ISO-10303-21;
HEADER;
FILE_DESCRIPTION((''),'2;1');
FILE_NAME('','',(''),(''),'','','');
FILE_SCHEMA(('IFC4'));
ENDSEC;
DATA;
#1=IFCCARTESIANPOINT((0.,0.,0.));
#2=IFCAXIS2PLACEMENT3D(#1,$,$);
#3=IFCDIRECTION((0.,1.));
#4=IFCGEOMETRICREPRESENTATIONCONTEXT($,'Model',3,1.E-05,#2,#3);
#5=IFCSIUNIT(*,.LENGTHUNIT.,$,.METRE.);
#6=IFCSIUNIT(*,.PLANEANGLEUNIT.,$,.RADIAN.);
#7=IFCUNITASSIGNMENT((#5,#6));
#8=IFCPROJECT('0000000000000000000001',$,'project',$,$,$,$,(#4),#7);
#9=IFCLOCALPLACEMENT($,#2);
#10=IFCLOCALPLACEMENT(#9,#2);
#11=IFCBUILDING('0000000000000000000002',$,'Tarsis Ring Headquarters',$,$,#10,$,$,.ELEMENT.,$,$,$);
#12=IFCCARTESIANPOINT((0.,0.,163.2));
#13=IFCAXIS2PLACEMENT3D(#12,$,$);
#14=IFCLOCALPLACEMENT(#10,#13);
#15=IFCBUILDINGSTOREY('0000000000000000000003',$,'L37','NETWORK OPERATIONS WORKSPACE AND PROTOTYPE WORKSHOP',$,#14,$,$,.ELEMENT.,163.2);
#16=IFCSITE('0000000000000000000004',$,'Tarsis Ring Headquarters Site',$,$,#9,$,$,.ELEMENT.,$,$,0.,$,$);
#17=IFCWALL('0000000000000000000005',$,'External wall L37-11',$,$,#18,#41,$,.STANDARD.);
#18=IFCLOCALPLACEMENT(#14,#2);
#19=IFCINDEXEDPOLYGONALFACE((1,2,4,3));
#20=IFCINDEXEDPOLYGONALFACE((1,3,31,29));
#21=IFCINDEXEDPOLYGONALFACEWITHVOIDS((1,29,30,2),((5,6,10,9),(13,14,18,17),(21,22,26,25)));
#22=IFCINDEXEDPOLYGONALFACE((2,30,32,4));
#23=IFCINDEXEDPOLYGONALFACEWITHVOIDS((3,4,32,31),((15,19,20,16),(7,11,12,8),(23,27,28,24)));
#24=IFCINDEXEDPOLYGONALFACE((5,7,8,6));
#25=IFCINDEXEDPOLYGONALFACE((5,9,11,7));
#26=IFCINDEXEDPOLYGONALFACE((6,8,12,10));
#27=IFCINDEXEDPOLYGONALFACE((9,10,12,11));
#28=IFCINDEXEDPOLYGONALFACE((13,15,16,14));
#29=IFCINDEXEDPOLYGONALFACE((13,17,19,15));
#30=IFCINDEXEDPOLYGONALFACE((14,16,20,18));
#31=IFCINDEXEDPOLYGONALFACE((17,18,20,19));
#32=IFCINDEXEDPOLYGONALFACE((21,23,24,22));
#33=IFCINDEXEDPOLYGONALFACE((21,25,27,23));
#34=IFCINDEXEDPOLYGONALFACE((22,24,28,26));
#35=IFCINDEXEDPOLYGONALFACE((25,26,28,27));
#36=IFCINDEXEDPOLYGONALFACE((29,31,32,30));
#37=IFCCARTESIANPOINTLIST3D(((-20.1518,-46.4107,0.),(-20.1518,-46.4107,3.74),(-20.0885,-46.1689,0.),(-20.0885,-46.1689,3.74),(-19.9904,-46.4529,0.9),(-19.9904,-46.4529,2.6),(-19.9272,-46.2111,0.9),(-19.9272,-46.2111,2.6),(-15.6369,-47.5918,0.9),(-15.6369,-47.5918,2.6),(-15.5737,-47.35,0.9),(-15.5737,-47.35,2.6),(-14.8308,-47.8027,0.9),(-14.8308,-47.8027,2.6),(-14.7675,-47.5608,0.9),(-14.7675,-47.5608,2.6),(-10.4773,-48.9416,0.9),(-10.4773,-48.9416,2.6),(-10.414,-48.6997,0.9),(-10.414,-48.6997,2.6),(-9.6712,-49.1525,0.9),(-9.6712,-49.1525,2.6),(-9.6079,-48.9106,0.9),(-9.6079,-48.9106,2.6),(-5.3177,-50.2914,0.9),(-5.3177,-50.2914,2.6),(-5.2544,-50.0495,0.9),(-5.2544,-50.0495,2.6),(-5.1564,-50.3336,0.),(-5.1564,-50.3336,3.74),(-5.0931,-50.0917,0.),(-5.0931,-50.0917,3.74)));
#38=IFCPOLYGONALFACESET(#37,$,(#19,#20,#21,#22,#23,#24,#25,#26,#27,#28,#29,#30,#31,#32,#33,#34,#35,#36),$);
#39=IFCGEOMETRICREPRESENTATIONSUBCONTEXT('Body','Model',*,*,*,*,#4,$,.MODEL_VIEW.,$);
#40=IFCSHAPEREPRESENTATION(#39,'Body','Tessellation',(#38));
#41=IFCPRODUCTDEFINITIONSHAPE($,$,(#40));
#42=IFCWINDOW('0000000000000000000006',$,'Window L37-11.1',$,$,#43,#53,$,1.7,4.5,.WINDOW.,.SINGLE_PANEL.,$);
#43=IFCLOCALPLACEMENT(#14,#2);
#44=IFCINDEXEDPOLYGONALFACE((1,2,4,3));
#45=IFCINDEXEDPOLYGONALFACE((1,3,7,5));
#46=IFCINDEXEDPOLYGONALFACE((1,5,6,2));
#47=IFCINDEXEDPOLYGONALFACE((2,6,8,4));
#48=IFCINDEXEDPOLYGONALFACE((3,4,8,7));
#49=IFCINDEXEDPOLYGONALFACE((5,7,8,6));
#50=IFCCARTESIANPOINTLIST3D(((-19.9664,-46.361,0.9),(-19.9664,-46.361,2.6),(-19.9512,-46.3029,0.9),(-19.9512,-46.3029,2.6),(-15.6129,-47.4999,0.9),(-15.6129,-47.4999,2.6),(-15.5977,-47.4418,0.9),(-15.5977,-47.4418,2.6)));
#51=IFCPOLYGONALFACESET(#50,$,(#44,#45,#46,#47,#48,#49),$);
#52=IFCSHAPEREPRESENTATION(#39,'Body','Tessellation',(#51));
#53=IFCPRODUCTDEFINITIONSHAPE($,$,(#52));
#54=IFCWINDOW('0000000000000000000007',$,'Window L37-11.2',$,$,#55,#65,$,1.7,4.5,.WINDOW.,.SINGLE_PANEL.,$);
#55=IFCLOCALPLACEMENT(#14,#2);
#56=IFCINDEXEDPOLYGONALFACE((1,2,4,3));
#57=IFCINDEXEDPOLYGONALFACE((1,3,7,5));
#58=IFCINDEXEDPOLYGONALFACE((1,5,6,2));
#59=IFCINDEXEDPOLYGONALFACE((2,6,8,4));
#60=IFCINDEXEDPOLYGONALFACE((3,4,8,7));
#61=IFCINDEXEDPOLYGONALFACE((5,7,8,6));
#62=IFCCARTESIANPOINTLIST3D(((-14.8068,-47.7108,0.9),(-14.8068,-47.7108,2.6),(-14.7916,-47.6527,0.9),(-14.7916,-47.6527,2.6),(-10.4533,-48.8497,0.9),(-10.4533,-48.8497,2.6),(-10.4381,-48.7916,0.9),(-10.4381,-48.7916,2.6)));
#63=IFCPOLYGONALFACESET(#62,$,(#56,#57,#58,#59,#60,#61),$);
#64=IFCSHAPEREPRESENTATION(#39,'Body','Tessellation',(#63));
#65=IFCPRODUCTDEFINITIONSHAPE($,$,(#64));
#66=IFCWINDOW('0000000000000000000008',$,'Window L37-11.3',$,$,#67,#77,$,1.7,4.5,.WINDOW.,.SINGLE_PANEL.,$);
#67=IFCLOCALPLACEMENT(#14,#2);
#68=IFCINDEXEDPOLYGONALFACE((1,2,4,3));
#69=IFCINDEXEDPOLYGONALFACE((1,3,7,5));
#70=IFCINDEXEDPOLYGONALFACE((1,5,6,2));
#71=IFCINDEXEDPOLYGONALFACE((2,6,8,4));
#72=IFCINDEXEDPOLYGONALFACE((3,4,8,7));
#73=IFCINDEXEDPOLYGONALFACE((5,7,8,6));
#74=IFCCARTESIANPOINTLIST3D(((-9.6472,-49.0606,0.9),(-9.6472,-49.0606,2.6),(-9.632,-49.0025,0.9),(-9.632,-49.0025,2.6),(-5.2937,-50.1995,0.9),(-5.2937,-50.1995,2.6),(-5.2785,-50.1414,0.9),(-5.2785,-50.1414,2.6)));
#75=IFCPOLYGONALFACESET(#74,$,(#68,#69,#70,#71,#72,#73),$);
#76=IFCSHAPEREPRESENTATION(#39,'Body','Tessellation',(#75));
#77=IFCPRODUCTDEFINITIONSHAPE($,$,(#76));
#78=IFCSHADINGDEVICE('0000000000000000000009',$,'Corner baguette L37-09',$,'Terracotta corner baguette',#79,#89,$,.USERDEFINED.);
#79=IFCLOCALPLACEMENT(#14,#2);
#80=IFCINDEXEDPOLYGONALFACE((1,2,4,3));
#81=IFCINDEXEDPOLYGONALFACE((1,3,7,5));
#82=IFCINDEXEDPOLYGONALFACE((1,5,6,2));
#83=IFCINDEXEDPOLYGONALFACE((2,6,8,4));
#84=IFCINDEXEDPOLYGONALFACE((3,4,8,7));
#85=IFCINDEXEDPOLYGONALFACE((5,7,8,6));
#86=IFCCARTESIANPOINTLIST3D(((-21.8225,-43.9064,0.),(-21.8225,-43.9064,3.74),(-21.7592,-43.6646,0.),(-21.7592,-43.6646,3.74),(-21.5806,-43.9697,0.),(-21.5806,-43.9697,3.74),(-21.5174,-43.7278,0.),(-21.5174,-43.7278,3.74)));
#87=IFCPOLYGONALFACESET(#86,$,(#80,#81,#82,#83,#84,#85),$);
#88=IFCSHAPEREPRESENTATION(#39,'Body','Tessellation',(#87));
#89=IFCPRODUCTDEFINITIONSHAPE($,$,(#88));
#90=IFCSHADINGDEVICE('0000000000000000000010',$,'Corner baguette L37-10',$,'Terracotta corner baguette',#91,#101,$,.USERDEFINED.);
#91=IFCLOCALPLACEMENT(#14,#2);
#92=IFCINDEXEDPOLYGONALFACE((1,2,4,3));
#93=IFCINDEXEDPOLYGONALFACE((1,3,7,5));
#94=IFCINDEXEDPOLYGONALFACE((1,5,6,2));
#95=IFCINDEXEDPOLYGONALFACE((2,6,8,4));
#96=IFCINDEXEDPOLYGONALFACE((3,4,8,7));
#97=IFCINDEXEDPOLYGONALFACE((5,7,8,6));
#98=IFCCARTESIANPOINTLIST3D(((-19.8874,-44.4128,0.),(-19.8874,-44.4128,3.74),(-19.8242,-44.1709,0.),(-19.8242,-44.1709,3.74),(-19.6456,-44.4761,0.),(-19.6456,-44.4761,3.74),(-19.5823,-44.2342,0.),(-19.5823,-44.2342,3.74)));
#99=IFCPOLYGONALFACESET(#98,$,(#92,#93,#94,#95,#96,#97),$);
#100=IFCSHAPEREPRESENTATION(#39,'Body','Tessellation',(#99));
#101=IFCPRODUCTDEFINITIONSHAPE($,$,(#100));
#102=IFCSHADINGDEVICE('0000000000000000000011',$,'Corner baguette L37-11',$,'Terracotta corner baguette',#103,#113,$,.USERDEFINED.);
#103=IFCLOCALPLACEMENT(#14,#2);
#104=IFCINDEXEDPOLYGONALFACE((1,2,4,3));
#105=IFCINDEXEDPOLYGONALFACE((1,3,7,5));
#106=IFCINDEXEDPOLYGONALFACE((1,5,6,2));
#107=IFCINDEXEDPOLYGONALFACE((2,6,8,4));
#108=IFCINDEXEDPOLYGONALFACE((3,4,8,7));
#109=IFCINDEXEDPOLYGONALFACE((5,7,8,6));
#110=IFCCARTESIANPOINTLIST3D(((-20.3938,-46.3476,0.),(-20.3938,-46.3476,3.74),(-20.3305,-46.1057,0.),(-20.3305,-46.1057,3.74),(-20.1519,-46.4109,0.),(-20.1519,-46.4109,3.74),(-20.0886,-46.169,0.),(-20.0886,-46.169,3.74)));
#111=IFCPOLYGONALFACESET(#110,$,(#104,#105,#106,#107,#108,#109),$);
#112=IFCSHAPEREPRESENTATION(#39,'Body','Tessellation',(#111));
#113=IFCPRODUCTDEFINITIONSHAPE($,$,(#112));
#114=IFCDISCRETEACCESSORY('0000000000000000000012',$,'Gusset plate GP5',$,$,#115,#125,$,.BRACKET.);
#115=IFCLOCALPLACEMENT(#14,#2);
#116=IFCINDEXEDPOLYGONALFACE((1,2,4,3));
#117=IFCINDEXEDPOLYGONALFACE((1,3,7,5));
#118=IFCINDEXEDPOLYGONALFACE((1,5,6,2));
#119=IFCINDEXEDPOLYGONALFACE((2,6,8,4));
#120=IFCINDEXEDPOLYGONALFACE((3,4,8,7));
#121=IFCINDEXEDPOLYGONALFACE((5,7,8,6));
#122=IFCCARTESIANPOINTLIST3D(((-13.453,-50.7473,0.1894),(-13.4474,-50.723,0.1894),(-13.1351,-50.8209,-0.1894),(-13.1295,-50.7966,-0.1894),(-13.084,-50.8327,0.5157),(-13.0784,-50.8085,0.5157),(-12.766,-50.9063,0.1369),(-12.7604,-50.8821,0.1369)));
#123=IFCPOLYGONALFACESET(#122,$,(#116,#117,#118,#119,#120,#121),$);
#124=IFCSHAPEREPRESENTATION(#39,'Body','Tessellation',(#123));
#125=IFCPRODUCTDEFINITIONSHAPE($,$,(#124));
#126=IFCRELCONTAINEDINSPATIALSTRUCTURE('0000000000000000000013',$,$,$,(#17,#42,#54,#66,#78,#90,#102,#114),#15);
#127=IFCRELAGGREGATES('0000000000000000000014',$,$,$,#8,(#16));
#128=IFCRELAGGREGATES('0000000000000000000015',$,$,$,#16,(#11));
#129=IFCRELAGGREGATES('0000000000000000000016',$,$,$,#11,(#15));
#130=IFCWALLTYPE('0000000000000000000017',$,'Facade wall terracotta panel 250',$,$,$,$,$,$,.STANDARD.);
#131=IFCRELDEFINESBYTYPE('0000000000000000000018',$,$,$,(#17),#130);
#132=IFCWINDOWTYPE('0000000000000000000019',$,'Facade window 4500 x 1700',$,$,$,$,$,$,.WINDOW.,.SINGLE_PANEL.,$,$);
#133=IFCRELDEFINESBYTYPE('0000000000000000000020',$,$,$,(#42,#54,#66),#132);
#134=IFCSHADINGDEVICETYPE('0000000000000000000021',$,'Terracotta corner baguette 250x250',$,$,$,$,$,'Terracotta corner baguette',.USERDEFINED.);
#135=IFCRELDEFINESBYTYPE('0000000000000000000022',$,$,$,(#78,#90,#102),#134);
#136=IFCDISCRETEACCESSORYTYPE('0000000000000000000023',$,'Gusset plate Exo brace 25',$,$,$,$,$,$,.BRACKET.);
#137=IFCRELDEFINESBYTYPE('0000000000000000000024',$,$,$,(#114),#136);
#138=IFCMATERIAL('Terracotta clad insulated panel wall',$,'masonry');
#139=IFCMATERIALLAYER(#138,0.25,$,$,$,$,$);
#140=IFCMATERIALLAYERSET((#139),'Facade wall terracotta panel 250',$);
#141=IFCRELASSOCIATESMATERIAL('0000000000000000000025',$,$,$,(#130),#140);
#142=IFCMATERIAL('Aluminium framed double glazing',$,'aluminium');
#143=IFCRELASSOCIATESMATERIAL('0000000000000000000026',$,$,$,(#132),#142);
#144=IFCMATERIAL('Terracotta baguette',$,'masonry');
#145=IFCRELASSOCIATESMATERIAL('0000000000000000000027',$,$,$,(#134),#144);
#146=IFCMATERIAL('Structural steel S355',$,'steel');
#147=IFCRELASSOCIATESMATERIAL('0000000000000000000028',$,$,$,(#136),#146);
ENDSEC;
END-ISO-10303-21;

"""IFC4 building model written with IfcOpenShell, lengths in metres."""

from ifc_helpers import new_model, si_unit, direction, frame, frame_2d, origin, origin_2d, place, context, subcontext, project, spatial, rectangle, extrude, material, layer, layer_set, material_profile, profile_set, type_object, element, fill, save


model = new_model("IFC4")

# Units and contexts
model_context = context("Model", 3, precision=1e-05, world=origin(), true_north=direction((0.0, 1.0)))
body_context = subcontext(model_context, "Body", "Model", "MODEL_VIEW")
ifc_project = project(units=[si_unit("LENGTHUNIT", "METRE"), si_unit("PLANEANGLEUNIT", "RADIAN")], contexts=[model_context])

# Site, building, storey
site_placement = place(None, origin())
site = spatial("IfcSite", under=ifc_project, at=site_placement, Name="Tarsis Ring Headquarters Site", CompositionType="ELEMENT", RefElevation=0.0)
building_placement = place(site_placement, origin())
building = spatial("IfcBuilding", under=site, at=building_placement, Name="Tarsis Ring Headquarters", CompositionType="ELEMENT")
storey_placement = place(building_placement, frame((0.0, 0.0, 163.2)))
storey = spatial("IfcBuildingStorey", under=building, at=storey_placement, Name="L37", Description="NETWORK OPERATIONS WORKSPACE AND PROTOTYPE WORKSHOP", CompositionType="ELEMENT", Elevation=163.2)

# Shared definitions
ifc_material_1 = material(Name="Structural steel S355", Category="steel")

# Shared definitions
ifc_material_2 = material(Name="Terracotta clad insulated panel wall", Category="masonry")
ifc_layer_1 = layer(ifc_material_2, 0.25)
ifc_layer_set_1 = layer_set([ifc_layer_1], Name="Facade wall terracotta panel 250")
wall_type_1 = type_object("IfcWallType", Name="Facade wall terracotta panel 250", PredefinedType="STANDARD", material=ifc_layer_set_1)

# Wall, openings, windows
wall_1_placement = place(storey_placement, frame((-20.1201, -46.2898, 0.0), z_axis=(0.0, 0.0, 1.0), x_axis=(0.967443, -0.253087, 0.0)))
wall_1 = element("IfcWall", 1, at=wall_1_placement, inside=storey, type_object=wall_type_1, Name="External wall L37-11", PredefinedType="STANDARD", context=body_context, shape_type="SweptSolid", body=[
    extrude(rectangle(XDim=15.5, YDim=0.25, at=frame_2d((7.75, 0.0))), origin(), (0.0, 0.0, 1.0), 3.74),
])
opening_1_placement = place(wall_1_placement, frame((0.1667, 0.0, 0.8999)))
opening_1 = element("IfcOpeningElement", 2, at=opening_1_placement, cuts=wall_1, PredefinedType="OPENING", context=body_context, shape_type="SweptSolid", body=[
    extrude(rectangle(XDim=4.5, YDim=1.7, at=frame_2d((2.25, 0.8501))), frame((0.0, 0.135, 0.0), z_axis=(0.0, -1.0, 0.0), x_axis=(1.0, 0.0, 0.0)), (0.0, 0.0, 1.0), 0.27),
])
opening_2_placement = place(wall_1_placement, frame((5.5, 0.0, 0.8999)))
opening_2 = element("IfcOpeningElement", 3, at=opening_2_placement, cuts=wall_1, PredefinedType="OPENING", context=body_context, shape_type="SweptSolid", body=[
    extrude(rectangle(XDim=4.5, YDim=1.7, at=frame_2d((2.25, 0.8501))), frame((0.0, 0.135, 0.0), z_axis=(0.0, -1.0, 0.0), x_axis=(1.0, 0.0, 0.0)), (0.0, 0.0, 1.0), 0.27),
])
opening_3_placement = place(wall_1_placement, frame((10.8333, 0.0, 0.8999)))
opening_3 = element("IfcOpeningElement", 4, at=opening_3_placement, cuts=wall_1, PredefinedType="OPENING", context=body_context, shape_type="SweptSolid", body=[
    extrude(rectangle(XDim=4.5, YDim=1.7, at=frame_2d((2.25, 0.8501))), frame((0.0, 0.135, 0.0), z_axis=(0.0, -1.0, 0.0), x_axis=(1.0, 0.0, 0.0)), (0.0, 0.0, 1.0), 0.27),
])
ifc_material_3 = material(Name="Aluminium framed double glazing", Category="aluminium")
window_type = type_object("IfcWindowType", Name="Facade window 4500 x 1700", PartitioningType="SINGLE_PANEL", PredefinedType="WINDOW", material=ifc_material_3)
window_1_placement = place(opening_1_placement, origin())
window_1 = element("IfcWindow", 5, at=window_1_placement, inside=storey, type_object=window_type, Name="Window L37-11.1", OverallHeight=1.7, OverallWidth=4.5, PartitioningType="SINGLE_PANEL", PredefinedType="WINDOW", context=body_context, shape_type="SweptSolid", body=[
    extrude(rectangle(XDim=4.5, YDim=1.7, at=frame_2d((2.25, 0.8501))), frame((0.0, 0.03, 0.0), z_axis=(0.0, -1.0, 0.0), x_axis=(1.0, 0.0, 0.0)), (0.0, 0.0, 1.0), 0.0601),
])
fill(opening_1, window_1)
window_2_placement = place(opening_2_placement, origin())
window_2 = element("IfcWindow", 6, at=window_2_placement, inside=storey, type_object=window_type, Name="Window L37-11.2", OverallHeight=1.7, OverallWidth=4.5, PartitioningType="SINGLE_PANEL", PredefinedType="WINDOW", context=body_context, shape_type="SweptSolid", body=[
    extrude(rectangle(XDim=4.5, YDim=1.7, at=frame_2d((2.25, 0.8501))), frame((0.0, 0.03, 0.0), z_axis=(0.0, -1.0, 0.0), x_axis=(1.0, 0.0, 0.0)), (0.0, 0.0, 1.0), 0.0601),
])
fill(opening_2, window_2)
window_3_placement = place(opening_3_placement, origin())
window_3 = element("IfcWindow", 7, at=window_3_placement, inside=storey, type_object=window_type, Name="Window L37-11.3", OverallHeight=1.7, OverallWidth=4.5, PartitioningType="SINGLE_PANEL", PredefinedType="WINDOW", context=body_context, shape_type="SweptSolid", body=[
    extrude(rectangle(XDim=4.5, YDim=1.7, at=frame_2d((2.25, 0.8501))), frame((0.0, 0.03, 0.0), z_axis=(0.0, -1.0, 0.0), x_axis=(1.0, 0.0, 0.0)), (0.0, 0.0, 1.0), 0.0601),
])
fill(opening_3, window_3)

# Shading devices
ifc_material_4 = material(Name="Terracotta baguette", Category="masonry")
shading_device_type_1 = type_object("IfcShadingDeviceType", Name="Terracotta corner baguette 250x250", ElementType="Terracotta corner baguette", PredefinedType="USERDEFINED", material=ifc_material_4)
for number, where, z_axis, x_axis, name in (
    (8, (-21.6699, -43.8171, 0.0), (0.0, 0.0, 1.0), (-0.253083, -0.967445, 0.0), "Corner baguette L37-09"),
    (9, (-19.7349, -44.3235, 0.0), (0.0, 0.0, 1.0), (0.967445, -0.253083, 0.0), "Corner baguette L37-10"),
    (10, (-20.2412, -46.2583, 0.0), (0.0, 0.0, 1.0), (-0.253082, -0.967445, 0.0), "Corner baguette L37-11"),
):
    element("IfcShadingDevice", number, at=place(storey_placement, frame(where, z_axis=z_axis, x_axis=x_axis)), inside=storey, type_object=shading_device_type_1, Name=name, ObjectType="Terracotta corner baguette", PredefinedType="USERDEFINED", context=body_context, shape_type="SweptSolid", body=[
        extrude(rectangle(XDim=0.25, YDim=0.25, at=origin_2d()), origin(), (0.0, 0.0, 1.0), 3.74),
    ])

# Discrete accessory
ifc_material_profile_1 = material_profile(ifc_material_1, rectangle(XDim=0.0249, YDim=0.5, at=origin_2d()), Name="PL 25x500")
ifc_profile_set_1 = profile_set([ifc_material_profile_1], Name="Structural steel S355")
discrete_accessory_type = type_object("IfcDiscreteAccessoryType", Name="Gusset plate Exo brace 25", PredefinedType="BRACKET", material=ifc_profile_set_1)
discrete_accessory_placement = place(storey_placement, frame((-13.2913, -50.772, 0.0), z_axis=(0.738113, -0.17086, 0.652684), x_axis=(0.225518, 0.974239, 0.0)))
element("IfcDiscreteAccessory", 11, at=discrete_accessory_placement, inside=storey, type_object=discrete_accessory_type, Name="Gusset plate GP5", PredefinedType="BRACKET", context=body_context, shape_type="SweptSolid", body=[
    extrude(rectangle(XDim=0.0249, YDim=0.5, at=origin_2d()), origin(), (0.0, 0.0, 1.0), 0.5),
])

save(model, "model.ifc")
